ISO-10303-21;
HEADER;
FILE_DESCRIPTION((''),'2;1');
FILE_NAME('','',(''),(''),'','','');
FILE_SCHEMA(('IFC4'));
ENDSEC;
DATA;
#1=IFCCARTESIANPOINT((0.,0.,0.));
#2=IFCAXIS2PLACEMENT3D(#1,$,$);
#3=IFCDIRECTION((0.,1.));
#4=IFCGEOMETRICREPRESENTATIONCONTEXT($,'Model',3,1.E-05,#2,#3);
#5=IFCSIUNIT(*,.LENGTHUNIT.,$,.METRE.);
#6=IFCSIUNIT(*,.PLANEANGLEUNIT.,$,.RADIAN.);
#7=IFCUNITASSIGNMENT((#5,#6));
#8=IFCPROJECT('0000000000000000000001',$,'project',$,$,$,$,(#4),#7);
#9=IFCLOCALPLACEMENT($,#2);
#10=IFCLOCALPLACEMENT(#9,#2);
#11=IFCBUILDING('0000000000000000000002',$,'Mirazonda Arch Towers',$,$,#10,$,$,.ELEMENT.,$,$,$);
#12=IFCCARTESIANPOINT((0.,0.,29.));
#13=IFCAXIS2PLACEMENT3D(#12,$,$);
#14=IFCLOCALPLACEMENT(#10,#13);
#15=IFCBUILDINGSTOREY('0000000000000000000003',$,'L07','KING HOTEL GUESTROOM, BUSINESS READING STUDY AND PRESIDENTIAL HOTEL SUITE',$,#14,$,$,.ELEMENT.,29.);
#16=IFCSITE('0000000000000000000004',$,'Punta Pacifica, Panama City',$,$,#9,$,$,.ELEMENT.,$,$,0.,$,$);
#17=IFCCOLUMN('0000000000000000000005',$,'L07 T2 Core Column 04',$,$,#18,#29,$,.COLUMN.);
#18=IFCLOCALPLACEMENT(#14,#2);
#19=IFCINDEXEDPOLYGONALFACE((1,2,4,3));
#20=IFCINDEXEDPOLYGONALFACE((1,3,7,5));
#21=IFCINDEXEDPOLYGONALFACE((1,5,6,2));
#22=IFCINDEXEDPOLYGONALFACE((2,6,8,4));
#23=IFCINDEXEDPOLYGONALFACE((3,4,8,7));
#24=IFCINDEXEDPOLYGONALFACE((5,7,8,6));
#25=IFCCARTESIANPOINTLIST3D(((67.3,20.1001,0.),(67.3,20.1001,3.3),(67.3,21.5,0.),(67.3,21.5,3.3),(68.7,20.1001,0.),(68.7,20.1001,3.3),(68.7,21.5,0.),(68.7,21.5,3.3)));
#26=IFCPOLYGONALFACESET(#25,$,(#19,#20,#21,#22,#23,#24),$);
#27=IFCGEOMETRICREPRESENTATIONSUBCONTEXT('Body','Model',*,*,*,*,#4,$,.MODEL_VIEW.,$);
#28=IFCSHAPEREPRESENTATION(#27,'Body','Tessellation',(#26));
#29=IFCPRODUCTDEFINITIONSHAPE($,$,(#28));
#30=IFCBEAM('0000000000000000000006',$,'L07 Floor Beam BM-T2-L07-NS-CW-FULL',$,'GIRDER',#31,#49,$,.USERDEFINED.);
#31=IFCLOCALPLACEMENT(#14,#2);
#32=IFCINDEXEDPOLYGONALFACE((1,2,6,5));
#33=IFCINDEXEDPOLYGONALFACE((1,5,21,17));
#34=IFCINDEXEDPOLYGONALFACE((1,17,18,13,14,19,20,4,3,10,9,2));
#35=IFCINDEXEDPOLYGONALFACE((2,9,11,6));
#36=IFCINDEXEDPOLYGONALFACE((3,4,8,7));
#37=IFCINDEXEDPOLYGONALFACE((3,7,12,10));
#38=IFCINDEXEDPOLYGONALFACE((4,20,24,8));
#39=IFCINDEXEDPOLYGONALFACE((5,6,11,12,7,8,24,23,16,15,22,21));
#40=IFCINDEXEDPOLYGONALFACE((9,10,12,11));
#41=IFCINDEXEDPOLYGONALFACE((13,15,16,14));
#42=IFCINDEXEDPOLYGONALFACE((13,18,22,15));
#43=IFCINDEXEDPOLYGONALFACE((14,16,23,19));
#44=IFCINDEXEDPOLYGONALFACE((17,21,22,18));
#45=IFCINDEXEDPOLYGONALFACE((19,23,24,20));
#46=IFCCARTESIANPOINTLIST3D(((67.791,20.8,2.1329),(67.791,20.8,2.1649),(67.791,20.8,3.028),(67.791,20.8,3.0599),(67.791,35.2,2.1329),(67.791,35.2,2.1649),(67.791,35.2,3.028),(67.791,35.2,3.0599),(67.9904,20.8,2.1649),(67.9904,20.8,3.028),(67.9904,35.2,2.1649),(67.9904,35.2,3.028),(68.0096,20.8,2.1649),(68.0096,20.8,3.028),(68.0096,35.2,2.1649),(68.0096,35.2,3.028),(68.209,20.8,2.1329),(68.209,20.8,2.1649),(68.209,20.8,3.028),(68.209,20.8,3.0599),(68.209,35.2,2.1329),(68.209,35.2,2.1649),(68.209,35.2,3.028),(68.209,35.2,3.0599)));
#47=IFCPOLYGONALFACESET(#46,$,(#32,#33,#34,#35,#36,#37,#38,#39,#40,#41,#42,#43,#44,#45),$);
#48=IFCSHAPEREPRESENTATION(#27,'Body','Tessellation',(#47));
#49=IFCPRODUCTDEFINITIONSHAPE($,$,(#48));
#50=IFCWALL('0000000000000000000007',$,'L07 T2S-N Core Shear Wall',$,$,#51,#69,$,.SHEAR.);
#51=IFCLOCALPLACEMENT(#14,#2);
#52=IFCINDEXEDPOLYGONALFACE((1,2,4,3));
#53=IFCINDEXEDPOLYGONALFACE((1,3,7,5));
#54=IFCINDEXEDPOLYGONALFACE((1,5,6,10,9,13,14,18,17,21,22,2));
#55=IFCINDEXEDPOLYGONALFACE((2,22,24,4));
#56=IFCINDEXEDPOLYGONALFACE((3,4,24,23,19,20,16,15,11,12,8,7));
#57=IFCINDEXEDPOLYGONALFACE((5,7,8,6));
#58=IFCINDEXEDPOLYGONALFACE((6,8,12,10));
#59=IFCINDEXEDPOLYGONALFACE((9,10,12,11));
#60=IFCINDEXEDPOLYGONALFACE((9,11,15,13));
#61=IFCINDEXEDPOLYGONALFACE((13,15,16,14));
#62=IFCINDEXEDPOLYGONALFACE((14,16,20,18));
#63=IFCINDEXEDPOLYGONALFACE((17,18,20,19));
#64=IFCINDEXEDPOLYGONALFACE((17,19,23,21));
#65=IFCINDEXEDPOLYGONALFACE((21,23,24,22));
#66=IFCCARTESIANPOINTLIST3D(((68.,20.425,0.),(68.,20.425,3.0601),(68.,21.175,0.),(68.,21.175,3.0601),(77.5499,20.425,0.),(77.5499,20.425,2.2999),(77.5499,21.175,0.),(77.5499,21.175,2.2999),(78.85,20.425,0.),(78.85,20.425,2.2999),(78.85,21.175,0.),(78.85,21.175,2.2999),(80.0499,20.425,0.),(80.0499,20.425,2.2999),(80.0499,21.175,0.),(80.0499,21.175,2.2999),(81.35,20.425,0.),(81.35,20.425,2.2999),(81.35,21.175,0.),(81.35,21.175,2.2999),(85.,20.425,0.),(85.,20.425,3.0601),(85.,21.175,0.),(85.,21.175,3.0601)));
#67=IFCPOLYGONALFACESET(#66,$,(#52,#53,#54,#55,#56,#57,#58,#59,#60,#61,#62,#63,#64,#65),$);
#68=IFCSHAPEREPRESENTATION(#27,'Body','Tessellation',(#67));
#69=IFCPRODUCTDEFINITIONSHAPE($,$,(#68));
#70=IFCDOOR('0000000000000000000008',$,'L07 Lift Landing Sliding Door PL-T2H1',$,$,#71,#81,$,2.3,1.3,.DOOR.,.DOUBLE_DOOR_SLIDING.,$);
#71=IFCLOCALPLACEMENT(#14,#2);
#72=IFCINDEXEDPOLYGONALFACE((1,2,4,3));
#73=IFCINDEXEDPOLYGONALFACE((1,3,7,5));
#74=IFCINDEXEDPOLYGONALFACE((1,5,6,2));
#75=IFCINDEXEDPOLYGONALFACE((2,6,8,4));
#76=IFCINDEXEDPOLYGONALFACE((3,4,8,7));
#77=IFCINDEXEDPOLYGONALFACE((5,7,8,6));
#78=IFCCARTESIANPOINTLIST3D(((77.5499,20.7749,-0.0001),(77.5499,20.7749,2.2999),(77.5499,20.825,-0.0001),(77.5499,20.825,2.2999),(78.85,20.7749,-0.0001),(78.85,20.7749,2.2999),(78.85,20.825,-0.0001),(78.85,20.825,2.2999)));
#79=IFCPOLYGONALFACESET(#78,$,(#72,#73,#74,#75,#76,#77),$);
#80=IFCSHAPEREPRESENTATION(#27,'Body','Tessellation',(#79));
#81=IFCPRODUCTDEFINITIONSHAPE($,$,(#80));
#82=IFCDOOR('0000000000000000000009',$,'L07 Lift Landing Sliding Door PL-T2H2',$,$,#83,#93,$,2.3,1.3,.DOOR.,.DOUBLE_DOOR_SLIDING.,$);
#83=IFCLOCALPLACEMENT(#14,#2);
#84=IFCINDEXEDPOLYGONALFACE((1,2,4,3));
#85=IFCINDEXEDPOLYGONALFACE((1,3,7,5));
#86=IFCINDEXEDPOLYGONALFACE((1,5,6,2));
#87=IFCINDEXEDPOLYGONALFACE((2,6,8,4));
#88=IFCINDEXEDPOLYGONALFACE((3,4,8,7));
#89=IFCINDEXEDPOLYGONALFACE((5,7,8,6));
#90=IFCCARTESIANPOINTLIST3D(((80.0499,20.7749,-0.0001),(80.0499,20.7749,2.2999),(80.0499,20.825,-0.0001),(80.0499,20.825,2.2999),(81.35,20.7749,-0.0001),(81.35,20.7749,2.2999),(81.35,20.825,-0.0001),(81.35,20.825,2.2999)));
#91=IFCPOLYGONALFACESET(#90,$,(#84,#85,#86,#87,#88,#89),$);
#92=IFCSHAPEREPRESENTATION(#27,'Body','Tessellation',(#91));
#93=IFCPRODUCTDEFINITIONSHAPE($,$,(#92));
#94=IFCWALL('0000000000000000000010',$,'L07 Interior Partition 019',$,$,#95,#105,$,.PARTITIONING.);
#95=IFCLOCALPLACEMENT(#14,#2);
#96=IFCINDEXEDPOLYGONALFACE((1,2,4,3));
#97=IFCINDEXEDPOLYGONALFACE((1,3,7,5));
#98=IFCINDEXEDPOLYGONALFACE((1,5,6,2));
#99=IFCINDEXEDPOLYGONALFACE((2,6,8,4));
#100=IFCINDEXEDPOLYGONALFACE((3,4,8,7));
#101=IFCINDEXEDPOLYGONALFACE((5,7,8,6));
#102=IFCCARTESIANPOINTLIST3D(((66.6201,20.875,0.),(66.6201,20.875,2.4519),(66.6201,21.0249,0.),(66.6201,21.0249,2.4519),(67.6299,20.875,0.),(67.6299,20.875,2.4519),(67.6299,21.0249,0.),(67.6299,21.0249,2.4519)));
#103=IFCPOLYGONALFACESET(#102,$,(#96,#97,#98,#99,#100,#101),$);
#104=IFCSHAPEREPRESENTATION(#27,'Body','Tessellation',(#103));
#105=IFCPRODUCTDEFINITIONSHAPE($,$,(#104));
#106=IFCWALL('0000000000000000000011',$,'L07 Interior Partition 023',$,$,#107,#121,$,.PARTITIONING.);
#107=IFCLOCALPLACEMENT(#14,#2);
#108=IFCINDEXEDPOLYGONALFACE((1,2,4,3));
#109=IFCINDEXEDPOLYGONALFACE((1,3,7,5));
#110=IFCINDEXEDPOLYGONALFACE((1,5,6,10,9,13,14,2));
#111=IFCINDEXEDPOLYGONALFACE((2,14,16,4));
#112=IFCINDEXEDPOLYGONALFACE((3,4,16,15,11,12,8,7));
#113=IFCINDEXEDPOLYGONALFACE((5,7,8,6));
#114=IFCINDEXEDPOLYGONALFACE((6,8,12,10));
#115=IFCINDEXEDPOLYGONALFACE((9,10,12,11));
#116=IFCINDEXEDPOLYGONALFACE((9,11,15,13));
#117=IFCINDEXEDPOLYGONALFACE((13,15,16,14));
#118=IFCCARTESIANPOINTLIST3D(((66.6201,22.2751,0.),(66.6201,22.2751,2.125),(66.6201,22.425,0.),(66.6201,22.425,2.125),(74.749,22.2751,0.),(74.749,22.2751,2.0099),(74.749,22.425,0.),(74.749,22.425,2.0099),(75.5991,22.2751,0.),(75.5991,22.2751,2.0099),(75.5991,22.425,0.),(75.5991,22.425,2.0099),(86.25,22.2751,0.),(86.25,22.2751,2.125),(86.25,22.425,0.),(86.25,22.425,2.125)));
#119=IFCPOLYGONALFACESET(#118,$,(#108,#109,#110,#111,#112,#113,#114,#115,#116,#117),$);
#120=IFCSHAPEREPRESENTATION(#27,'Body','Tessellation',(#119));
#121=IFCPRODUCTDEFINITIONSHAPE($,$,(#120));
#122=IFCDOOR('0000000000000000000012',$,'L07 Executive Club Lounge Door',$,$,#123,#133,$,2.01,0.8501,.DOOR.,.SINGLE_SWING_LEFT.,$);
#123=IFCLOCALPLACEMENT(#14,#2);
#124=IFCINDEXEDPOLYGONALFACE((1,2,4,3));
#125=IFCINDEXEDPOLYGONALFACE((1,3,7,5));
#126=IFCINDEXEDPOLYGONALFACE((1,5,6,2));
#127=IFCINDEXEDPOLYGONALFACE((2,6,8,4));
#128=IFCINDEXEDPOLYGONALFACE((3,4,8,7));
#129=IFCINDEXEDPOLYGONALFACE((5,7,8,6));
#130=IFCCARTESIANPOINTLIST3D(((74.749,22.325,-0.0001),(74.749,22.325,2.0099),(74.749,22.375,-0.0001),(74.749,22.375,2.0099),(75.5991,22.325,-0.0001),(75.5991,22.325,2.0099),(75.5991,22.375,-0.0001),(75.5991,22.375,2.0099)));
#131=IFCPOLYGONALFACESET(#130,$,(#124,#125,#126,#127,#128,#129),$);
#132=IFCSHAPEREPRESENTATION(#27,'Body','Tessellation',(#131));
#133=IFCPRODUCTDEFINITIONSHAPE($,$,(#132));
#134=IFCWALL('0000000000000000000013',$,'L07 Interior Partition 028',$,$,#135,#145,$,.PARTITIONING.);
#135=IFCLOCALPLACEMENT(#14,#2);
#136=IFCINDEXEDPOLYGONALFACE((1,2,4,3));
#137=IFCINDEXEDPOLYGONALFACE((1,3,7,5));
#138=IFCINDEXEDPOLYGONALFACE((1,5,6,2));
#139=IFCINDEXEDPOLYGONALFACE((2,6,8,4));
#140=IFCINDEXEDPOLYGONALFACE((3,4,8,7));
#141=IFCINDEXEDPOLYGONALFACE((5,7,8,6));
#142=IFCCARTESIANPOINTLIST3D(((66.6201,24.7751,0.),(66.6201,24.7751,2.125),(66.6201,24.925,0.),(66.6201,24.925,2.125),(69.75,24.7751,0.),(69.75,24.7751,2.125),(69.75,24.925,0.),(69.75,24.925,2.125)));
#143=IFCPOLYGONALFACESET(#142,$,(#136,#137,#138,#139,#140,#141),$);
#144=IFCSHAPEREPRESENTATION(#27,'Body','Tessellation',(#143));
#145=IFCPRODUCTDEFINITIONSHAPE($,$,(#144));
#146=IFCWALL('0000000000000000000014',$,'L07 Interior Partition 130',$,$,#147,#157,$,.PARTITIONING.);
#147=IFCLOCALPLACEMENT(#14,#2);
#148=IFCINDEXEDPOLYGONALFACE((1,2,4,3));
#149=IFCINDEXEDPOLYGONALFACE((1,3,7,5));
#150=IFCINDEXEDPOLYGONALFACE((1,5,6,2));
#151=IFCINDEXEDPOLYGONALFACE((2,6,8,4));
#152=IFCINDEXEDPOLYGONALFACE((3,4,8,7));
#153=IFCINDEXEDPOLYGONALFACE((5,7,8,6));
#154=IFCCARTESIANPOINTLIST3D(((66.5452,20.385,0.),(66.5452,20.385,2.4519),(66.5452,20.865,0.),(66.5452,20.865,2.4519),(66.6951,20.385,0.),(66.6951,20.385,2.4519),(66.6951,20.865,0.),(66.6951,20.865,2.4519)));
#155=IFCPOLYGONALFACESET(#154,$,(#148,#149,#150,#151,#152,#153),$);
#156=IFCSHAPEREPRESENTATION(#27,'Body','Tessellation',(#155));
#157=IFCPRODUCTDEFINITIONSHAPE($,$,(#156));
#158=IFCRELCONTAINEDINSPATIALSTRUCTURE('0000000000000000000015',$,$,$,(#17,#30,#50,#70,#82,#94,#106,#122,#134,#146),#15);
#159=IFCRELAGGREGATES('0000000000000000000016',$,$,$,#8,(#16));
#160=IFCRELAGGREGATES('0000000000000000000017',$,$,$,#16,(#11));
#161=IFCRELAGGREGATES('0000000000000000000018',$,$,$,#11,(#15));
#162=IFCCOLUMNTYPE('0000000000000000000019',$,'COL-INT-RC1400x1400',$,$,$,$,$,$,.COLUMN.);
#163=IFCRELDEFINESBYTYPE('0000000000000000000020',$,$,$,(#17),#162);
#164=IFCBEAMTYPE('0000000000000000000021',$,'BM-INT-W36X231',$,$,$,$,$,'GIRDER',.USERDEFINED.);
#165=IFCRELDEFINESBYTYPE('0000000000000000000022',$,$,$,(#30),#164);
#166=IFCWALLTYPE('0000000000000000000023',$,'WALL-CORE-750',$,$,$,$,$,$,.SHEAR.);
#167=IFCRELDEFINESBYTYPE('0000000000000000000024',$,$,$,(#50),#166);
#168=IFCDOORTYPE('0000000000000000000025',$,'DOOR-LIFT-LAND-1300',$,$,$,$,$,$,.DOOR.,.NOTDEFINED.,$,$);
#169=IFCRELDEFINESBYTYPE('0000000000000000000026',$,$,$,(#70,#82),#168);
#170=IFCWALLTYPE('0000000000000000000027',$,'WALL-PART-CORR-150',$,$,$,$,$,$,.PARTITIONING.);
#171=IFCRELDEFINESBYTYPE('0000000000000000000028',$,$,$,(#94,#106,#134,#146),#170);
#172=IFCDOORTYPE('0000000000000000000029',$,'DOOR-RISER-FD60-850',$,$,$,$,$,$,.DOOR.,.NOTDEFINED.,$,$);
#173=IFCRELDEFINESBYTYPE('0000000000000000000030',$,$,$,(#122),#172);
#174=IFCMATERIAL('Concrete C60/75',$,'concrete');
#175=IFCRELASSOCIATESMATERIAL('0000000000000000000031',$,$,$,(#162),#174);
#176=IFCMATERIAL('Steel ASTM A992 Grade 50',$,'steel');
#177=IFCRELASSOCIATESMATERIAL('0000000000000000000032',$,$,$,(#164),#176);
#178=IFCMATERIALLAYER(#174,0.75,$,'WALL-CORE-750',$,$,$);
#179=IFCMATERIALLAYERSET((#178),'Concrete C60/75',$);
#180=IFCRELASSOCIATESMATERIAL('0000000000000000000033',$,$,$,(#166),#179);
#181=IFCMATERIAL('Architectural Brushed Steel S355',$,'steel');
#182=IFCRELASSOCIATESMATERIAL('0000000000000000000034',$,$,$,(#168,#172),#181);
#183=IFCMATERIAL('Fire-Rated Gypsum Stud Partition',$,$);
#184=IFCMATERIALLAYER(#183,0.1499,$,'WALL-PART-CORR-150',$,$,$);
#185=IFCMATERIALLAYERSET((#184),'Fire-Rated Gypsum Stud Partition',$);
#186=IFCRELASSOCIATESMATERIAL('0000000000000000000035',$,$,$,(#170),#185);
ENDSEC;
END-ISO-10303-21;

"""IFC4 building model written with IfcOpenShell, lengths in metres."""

from ifc_helpers import new_model, si_unit, direction, frame, frame_2d, origin, origin_2d, place, context, subcontext, project, spatial, rectangle, i_section, extrude, material, layer, layer_set, material_profile, profile_set, type_object, element, fill, save


model = new_model("IFC4")

# Units and contexts
model_context = context("Model", 3, precision=1e-05, world=origin(), true_north=direction((0.0, 1.0)))
body_context = subcontext(model_context, "Body", "Model", "MODEL_VIEW")
ifc_project = project(units=[si_unit("LENGTHUNIT", "METRE"), si_unit("PLANEANGLEUNIT", "RADIAN")], contexts=[model_context])

# Site, building, storey
site_placement = place(None, origin())
site = spatial("IfcSite", under=ifc_project, at=site_placement, Name="Punta Pacifica, Panama City", CompositionType="ELEMENT", RefElevation=0.0)
building_placement = place(site_placement, origin())
building = spatial("IfcBuilding", under=site, at=building_placement, Name="Mirazonda Arch Towers", CompositionType="ELEMENT")
storey_placement = place(building_placement, frame((0.0, 0.0, 29.0)))
storey = spatial("IfcBuildingStorey", under=building, at=storey_placement, Name="L07", Description="KING HOTEL GUESTROOM, BUSINESS READING STUDY AND PRESIDENTIAL HOTEL SUITE", CompositionType="ELEMENT", Elevation=29.0)

# Column
ifc_material_1 = material(Name="Concrete C60/75", Category="concrete")
ifc_material_profile_1 = material_profile(ifc_material_1, rectangle(XDim=1.3999, YDim=1.3999, at=origin_2d()), Name="RC1400x1400")
ifc_profile_set_1 = profile_set([ifc_material_profile_1], Name="Concrete C60/75")
column_type = type_object("IfcColumnType", Name="COL-INT-RC1400x1400", PredefinedType="COLUMN", material=ifc_profile_set_1)
column_placement = place(storey_placement, frame((68.0, 20.8, 0.0), z_axis=(0.0, 0.0, 1.0), x_axis=(1.0, 0.0, 0.0)))
element("IfcColumn", 1, at=column_placement, inside=storey, type_object=column_type, Name="L07 T2 Core Column 04", PredefinedType="COLUMN", context=body_context, shape_type="SweptSolid", body=[
    extrude(rectangle(XDim=1.3999, YDim=1.3999, at=origin_2d()), origin(), (0.0, 0.0, 1.0), 3.3),
])

# Beam
ifc_material_2 = material(Name="Steel ASTM A992 Grade 50", Category="steel")
ifc_material_profile_2 = material_profile(ifc_material_2, i_section(OverallWidth=0.418, OverallDepth=0.927, WebThickness=0.0193, FlangeThickness=0.032, at=origin_2d()), Name="W36X231")
ifc_profile_set_2 = profile_set([ifc_material_profile_2], Name="Steel ASTM A992 Grade 50")
beam_type = type_object("IfcBeamType", Name="BM-INT-W36X231", ElementType="GIRDER", PredefinedType="USERDEFINED", material=ifc_profile_set_2)
beam_placement = place(storey_placement, frame((68.0, 20.8, 2.5964), z_axis=(0.0, 1.0, 0.0), x_axis=(-1.0, 0.0, 0.0)))
element("IfcBeam", 2, at=beam_placement, inside=storey, type_object=beam_type, Name="L07 Floor Beam BM-T2-L07-NS-CW-FULL", ObjectType="GIRDER", PredefinedType="USERDEFINED", context=body_context, shape_type="SweptSolid", body=[
    extrude(i_section(OverallWidth=0.418, OverallDepth=0.927, WebThickness=0.0193, FlangeThickness=0.032, at=origin_2d()), origin(), (0.0, 0.0, 1.0), 14.3999),
])

# Wall, openings, doors
ifc_layer_1 = layer(ifc_material_1, 0.75, Name="WALL-CORE-750")
ifc_layer_set_1 = layer_set([ifc_layer_1], Name="Concrete C60/75")
wall_type_1 = type_object("IfcWallType", Name="WALL-CORE-750", PredefinedType="SHEAR", material=ifc_layer_set_1)
wall_1_placement = place(storey_placement, frame((68.0, 20.8, 0.0), z_axis=(0.0, 0.0, 1.0), x_axis=(1.0, 0.0, 0.0)))
wall_1 = element("IfcWall", 3, at=wall_1_placement, inside=storey, type_object=wall_type_1, Name="L07 T2S-N Core Shear Wall", PredefinedType="SHEAR", context=body_context, shape_type="SweptSolid", body=[
    extrude(rectangle(XDim=17.0, YDim=0.75, at=frame_2d((8.5, 0.0))), origin(), (0.0, 0.0, 1.0), 3.0601),
])
opening_1_placement = place(wall_1_placement, frame((9.55, 0.0, 0.0)))
opening_1 = element("IfcOpeningElement", 4, at=opening_1_placement, cuts=wall_1, PredefinedType="OPENING", context=body_context, shape_type="SweptSolid", body=[
    extrude(rectangle(XDim=1.3, YDim=2.3, at=frame_2d((0.6499, 1.1499))), frame((0.0, 0.385, 0.0), z_axis=(0.0, -1.0, 0.0), x_axis=(1.0, 0.0, 0.0)), (0.0, 0.0, 1.0), 0.77),
])
opening_2_placement = place(wall_1_placement, frame((12.05, 0.0, 0.0)))
opening_2 = element("IfcOpeningElement", 5, at=opening_2_placement, cuts=wall_1, PredefinedType="OPENING", context=body_context, shape_type="SweptSolid", body=[
    extrude(rectangle(XDim=1.3, YDim=2.3, at=frame_2d((0.6499, 1.1499))), frame((0.0, 0.385, 0.0), z_axis=(0.0, -1.0, 0.0), x_axis=(1.0, 0.0, 0.0)), (0.0, 0.0, 1.0), 0.77),
])
ifc_material_3 = material(Name="Architectural Brushed Steel S355", Category="steel")
door_type_1 = type_object("IfcDoorType", Name="DOOR-LIFT-LAND-1300", OperationType="NOTDEFINED", PredefinedType="DOOR", material=ifc_material_3)
door_1_placement = place(opening_1_placement, origin())
door_1 = element("IfcDoor", 6, at=door_1_placement, inside=storey, type_object=door_type_1, Name="L07 Lift Landing Sliding Door PL-T2H1", OperationType="DOUBLE_DOOR_SLIDING", OverallHeight=2.3, OverallWidth=1.3, PredefinedType="DOOR", context=body_context, shape_type="SweptSolid", body=[
    extrude(rectangle(XDim=1.3, YDim=2.3, at=frame_2d((0.6499, 1.1499))), frame((0.0, 0.0249, 0.0), z_axis=(0.0, -1.0, 0.0), x_axis=(1.0, 0.0, 0.0)), (0.0, 0.0, 1.0), 0.05),
])
fill(opening_1, door_1)
door_2_placement = place(opening_2_placement, origin())
door_2 = element("IfcDoor", 7, at=door_2_placement, inside=storey, type_object=door_type_1, Name="L07 Lift Landing Sliding Door PL-T2H2", OperationType="DOUBLE_DOOR_SLIDING", OverallHeight=2.3, OverallWidth=1.3, PredefinedType="DOOR", context=body_context, shape_type="SweptSolid", body=[
    extrude(rectangle(XDim=1.3, YDim=2.3, at=frame_2d((0.6499, 1.1499))), frame((0.0, 0.0249, 0.0), z_axis=(0.0, -1.0, 0.0), x_axis=(1.0, 0.0, 0.0)), (0.0, 0.0, 1.0), 0.05),
])
fill(opening_2, door_2)

# Wall
ifc_material_4 = material(Name="Fire-Rated Gypsum Stud Partition")
ifc_layer_2 = layer(ifc_material_4, 0.1499, Name="WALL-PART-CORR-150")
ifc_layer_set_2 = layer_set([ifc_layer_2], Name="Fire-Rated Gypsum Stud Partition")
wall_type_2 = type_object("IfcWallType", Name="WALL-PART-CORR-150", PredefinedType="PARTITIONING", material=ifc_layer_set_2)
wall_2_placement = place(storey_placement, frame((66.6201, 20.95, 0.0), z_axis=(0.0, 0.0, 1.0), x_axis=(1.0, 0.0, 0.0)))
element("IfcWall", 8, at=wall_2_placement, inside=storey, type_object=wall_type_2, Name="L07 Interior Partition 019", PredefinedType="PARTITIONING", context=body_context, shape_type="SweptSolid", body=[
    extrude(rectangle(XDim=1.0098, YDim=0.1499, at=frame_2d((0.5049, 0.0))), origin(), (0.0, 0.0, 1.0), 2.4519),
])

# Wall, opening, door
wall_3_placement = place(storey_placement, frame((66.6201, 22.3501, 0.0), z_axis=(0.0, 0.0, 1.0), x_axis=(1.0, 0.0, 0.0)))
wall_3 = element("IfcWall", 9, at=wall_3_placement, inside=storey, type_object=wall_type_2, Name="L07 Interior Partition 023", PredefinedType="PARTITIONING", context=body_context, shape_type="SweptSolid", body=[
    extrude(rectangle(XDim=19.6299, YDim=0.1499, at=frame_2d((9.8149, 0.0))), origin(), (0.0, 0.0, 1.0), 2.125),
])
opening_3_placement = place(wall_3_placement, frame((8.1289, 0.0, 0.0)))
opening_3 = element("IfcOpeningElement", 10, at=opening_3_placement, cuts=wall_3, PredefinedType="OPENING", context=body_context, shape_type="SweptSolid", body=[
    extrude(rectangle(XDim=0.8501, YDim=2.01, at=frame_2d((0.425, 1.0049))), frame((0.0, 0.085, 0.0), z_axis=(0.0, -1.0, 0.0), x_axis=(1.0, 0.0, 0.0)), (0.0, 0.0, 1.0), 0.1699),
])
door_type_2 = type_object("IfcDoorType", Name="DOOR-RISER-FD60-850", OperationType="NOTDEFINED", PredefinedType="DOOR", material=ifc_material_3)
door_3_placement = place(opening_3_placement, origin())
door_3 = element("IfcDoor", 11, at=door_3_placement, inside=storey, type_object=door_type_2, Name="L07 Executive Club Lounge Door", OperationType="SINGLE_SWING_LEFT", OverallHeight=2.01, OverallWidth=0.8501, PredefinedType="DOOR", context=body_context, shape_type="SweptSolid", body=[
    extrude(rectangle(XDim=0.8501, YDim=2.01, at=frame_2d((0.425, 1.0049))), frame((0.0, 0.0249, 0.0), z_axis=(0.0, -1.0, 0.0), x_axis=(1.0, 0.0, 0.0)), (0.0, 0.0, 1.0), 0.05),
])
fill(opening_3, door_3)

# Walls
wall_4_placement = place(storey_placement, frame((66.6201, 24.8501, 0.0), z_axis=(0.0, 0.0, 1.0), x_axis=(1.0, 0.0, 0.0)))
element("IfcWall", 12, at=wall_4_placement, inside=storey, type_object=wall_type_2, Name="L07 Interior Partition 028", PredefinedType="PARTITIONING", context=body_context, shape_type="SweptSolid", body=[
    extrude(rectangle(XDim=3.1299, YDim=0.1499, at=frame_2d((1.5649, 0.0))), origin(), (0.0, 0.0, 1.0), 2.125),
])
wall_5_placement = place(storey_placement, frame((66.6201, 20.385, 0.0), z_axis=(0.0, 0.0, 1.0), x_axis=(0.0, 1.0, 0.0)))
element("IfcWall", 13, at=wall_5_placement, inside=storey, type_object=wall_type_2, Name="L07 Interior Partition 130", PredefinedType="PARTITIONING", context=body_context, shape_type="SweptSolid", body=[
    extrude(rectangle(XDim=0.48, YDim=0.1499, at=frame_2d((0.24, 0.0))), origin(), (0.0, 0.0, 1.0), 2.4519),
])

save(model, "model.ifc")
